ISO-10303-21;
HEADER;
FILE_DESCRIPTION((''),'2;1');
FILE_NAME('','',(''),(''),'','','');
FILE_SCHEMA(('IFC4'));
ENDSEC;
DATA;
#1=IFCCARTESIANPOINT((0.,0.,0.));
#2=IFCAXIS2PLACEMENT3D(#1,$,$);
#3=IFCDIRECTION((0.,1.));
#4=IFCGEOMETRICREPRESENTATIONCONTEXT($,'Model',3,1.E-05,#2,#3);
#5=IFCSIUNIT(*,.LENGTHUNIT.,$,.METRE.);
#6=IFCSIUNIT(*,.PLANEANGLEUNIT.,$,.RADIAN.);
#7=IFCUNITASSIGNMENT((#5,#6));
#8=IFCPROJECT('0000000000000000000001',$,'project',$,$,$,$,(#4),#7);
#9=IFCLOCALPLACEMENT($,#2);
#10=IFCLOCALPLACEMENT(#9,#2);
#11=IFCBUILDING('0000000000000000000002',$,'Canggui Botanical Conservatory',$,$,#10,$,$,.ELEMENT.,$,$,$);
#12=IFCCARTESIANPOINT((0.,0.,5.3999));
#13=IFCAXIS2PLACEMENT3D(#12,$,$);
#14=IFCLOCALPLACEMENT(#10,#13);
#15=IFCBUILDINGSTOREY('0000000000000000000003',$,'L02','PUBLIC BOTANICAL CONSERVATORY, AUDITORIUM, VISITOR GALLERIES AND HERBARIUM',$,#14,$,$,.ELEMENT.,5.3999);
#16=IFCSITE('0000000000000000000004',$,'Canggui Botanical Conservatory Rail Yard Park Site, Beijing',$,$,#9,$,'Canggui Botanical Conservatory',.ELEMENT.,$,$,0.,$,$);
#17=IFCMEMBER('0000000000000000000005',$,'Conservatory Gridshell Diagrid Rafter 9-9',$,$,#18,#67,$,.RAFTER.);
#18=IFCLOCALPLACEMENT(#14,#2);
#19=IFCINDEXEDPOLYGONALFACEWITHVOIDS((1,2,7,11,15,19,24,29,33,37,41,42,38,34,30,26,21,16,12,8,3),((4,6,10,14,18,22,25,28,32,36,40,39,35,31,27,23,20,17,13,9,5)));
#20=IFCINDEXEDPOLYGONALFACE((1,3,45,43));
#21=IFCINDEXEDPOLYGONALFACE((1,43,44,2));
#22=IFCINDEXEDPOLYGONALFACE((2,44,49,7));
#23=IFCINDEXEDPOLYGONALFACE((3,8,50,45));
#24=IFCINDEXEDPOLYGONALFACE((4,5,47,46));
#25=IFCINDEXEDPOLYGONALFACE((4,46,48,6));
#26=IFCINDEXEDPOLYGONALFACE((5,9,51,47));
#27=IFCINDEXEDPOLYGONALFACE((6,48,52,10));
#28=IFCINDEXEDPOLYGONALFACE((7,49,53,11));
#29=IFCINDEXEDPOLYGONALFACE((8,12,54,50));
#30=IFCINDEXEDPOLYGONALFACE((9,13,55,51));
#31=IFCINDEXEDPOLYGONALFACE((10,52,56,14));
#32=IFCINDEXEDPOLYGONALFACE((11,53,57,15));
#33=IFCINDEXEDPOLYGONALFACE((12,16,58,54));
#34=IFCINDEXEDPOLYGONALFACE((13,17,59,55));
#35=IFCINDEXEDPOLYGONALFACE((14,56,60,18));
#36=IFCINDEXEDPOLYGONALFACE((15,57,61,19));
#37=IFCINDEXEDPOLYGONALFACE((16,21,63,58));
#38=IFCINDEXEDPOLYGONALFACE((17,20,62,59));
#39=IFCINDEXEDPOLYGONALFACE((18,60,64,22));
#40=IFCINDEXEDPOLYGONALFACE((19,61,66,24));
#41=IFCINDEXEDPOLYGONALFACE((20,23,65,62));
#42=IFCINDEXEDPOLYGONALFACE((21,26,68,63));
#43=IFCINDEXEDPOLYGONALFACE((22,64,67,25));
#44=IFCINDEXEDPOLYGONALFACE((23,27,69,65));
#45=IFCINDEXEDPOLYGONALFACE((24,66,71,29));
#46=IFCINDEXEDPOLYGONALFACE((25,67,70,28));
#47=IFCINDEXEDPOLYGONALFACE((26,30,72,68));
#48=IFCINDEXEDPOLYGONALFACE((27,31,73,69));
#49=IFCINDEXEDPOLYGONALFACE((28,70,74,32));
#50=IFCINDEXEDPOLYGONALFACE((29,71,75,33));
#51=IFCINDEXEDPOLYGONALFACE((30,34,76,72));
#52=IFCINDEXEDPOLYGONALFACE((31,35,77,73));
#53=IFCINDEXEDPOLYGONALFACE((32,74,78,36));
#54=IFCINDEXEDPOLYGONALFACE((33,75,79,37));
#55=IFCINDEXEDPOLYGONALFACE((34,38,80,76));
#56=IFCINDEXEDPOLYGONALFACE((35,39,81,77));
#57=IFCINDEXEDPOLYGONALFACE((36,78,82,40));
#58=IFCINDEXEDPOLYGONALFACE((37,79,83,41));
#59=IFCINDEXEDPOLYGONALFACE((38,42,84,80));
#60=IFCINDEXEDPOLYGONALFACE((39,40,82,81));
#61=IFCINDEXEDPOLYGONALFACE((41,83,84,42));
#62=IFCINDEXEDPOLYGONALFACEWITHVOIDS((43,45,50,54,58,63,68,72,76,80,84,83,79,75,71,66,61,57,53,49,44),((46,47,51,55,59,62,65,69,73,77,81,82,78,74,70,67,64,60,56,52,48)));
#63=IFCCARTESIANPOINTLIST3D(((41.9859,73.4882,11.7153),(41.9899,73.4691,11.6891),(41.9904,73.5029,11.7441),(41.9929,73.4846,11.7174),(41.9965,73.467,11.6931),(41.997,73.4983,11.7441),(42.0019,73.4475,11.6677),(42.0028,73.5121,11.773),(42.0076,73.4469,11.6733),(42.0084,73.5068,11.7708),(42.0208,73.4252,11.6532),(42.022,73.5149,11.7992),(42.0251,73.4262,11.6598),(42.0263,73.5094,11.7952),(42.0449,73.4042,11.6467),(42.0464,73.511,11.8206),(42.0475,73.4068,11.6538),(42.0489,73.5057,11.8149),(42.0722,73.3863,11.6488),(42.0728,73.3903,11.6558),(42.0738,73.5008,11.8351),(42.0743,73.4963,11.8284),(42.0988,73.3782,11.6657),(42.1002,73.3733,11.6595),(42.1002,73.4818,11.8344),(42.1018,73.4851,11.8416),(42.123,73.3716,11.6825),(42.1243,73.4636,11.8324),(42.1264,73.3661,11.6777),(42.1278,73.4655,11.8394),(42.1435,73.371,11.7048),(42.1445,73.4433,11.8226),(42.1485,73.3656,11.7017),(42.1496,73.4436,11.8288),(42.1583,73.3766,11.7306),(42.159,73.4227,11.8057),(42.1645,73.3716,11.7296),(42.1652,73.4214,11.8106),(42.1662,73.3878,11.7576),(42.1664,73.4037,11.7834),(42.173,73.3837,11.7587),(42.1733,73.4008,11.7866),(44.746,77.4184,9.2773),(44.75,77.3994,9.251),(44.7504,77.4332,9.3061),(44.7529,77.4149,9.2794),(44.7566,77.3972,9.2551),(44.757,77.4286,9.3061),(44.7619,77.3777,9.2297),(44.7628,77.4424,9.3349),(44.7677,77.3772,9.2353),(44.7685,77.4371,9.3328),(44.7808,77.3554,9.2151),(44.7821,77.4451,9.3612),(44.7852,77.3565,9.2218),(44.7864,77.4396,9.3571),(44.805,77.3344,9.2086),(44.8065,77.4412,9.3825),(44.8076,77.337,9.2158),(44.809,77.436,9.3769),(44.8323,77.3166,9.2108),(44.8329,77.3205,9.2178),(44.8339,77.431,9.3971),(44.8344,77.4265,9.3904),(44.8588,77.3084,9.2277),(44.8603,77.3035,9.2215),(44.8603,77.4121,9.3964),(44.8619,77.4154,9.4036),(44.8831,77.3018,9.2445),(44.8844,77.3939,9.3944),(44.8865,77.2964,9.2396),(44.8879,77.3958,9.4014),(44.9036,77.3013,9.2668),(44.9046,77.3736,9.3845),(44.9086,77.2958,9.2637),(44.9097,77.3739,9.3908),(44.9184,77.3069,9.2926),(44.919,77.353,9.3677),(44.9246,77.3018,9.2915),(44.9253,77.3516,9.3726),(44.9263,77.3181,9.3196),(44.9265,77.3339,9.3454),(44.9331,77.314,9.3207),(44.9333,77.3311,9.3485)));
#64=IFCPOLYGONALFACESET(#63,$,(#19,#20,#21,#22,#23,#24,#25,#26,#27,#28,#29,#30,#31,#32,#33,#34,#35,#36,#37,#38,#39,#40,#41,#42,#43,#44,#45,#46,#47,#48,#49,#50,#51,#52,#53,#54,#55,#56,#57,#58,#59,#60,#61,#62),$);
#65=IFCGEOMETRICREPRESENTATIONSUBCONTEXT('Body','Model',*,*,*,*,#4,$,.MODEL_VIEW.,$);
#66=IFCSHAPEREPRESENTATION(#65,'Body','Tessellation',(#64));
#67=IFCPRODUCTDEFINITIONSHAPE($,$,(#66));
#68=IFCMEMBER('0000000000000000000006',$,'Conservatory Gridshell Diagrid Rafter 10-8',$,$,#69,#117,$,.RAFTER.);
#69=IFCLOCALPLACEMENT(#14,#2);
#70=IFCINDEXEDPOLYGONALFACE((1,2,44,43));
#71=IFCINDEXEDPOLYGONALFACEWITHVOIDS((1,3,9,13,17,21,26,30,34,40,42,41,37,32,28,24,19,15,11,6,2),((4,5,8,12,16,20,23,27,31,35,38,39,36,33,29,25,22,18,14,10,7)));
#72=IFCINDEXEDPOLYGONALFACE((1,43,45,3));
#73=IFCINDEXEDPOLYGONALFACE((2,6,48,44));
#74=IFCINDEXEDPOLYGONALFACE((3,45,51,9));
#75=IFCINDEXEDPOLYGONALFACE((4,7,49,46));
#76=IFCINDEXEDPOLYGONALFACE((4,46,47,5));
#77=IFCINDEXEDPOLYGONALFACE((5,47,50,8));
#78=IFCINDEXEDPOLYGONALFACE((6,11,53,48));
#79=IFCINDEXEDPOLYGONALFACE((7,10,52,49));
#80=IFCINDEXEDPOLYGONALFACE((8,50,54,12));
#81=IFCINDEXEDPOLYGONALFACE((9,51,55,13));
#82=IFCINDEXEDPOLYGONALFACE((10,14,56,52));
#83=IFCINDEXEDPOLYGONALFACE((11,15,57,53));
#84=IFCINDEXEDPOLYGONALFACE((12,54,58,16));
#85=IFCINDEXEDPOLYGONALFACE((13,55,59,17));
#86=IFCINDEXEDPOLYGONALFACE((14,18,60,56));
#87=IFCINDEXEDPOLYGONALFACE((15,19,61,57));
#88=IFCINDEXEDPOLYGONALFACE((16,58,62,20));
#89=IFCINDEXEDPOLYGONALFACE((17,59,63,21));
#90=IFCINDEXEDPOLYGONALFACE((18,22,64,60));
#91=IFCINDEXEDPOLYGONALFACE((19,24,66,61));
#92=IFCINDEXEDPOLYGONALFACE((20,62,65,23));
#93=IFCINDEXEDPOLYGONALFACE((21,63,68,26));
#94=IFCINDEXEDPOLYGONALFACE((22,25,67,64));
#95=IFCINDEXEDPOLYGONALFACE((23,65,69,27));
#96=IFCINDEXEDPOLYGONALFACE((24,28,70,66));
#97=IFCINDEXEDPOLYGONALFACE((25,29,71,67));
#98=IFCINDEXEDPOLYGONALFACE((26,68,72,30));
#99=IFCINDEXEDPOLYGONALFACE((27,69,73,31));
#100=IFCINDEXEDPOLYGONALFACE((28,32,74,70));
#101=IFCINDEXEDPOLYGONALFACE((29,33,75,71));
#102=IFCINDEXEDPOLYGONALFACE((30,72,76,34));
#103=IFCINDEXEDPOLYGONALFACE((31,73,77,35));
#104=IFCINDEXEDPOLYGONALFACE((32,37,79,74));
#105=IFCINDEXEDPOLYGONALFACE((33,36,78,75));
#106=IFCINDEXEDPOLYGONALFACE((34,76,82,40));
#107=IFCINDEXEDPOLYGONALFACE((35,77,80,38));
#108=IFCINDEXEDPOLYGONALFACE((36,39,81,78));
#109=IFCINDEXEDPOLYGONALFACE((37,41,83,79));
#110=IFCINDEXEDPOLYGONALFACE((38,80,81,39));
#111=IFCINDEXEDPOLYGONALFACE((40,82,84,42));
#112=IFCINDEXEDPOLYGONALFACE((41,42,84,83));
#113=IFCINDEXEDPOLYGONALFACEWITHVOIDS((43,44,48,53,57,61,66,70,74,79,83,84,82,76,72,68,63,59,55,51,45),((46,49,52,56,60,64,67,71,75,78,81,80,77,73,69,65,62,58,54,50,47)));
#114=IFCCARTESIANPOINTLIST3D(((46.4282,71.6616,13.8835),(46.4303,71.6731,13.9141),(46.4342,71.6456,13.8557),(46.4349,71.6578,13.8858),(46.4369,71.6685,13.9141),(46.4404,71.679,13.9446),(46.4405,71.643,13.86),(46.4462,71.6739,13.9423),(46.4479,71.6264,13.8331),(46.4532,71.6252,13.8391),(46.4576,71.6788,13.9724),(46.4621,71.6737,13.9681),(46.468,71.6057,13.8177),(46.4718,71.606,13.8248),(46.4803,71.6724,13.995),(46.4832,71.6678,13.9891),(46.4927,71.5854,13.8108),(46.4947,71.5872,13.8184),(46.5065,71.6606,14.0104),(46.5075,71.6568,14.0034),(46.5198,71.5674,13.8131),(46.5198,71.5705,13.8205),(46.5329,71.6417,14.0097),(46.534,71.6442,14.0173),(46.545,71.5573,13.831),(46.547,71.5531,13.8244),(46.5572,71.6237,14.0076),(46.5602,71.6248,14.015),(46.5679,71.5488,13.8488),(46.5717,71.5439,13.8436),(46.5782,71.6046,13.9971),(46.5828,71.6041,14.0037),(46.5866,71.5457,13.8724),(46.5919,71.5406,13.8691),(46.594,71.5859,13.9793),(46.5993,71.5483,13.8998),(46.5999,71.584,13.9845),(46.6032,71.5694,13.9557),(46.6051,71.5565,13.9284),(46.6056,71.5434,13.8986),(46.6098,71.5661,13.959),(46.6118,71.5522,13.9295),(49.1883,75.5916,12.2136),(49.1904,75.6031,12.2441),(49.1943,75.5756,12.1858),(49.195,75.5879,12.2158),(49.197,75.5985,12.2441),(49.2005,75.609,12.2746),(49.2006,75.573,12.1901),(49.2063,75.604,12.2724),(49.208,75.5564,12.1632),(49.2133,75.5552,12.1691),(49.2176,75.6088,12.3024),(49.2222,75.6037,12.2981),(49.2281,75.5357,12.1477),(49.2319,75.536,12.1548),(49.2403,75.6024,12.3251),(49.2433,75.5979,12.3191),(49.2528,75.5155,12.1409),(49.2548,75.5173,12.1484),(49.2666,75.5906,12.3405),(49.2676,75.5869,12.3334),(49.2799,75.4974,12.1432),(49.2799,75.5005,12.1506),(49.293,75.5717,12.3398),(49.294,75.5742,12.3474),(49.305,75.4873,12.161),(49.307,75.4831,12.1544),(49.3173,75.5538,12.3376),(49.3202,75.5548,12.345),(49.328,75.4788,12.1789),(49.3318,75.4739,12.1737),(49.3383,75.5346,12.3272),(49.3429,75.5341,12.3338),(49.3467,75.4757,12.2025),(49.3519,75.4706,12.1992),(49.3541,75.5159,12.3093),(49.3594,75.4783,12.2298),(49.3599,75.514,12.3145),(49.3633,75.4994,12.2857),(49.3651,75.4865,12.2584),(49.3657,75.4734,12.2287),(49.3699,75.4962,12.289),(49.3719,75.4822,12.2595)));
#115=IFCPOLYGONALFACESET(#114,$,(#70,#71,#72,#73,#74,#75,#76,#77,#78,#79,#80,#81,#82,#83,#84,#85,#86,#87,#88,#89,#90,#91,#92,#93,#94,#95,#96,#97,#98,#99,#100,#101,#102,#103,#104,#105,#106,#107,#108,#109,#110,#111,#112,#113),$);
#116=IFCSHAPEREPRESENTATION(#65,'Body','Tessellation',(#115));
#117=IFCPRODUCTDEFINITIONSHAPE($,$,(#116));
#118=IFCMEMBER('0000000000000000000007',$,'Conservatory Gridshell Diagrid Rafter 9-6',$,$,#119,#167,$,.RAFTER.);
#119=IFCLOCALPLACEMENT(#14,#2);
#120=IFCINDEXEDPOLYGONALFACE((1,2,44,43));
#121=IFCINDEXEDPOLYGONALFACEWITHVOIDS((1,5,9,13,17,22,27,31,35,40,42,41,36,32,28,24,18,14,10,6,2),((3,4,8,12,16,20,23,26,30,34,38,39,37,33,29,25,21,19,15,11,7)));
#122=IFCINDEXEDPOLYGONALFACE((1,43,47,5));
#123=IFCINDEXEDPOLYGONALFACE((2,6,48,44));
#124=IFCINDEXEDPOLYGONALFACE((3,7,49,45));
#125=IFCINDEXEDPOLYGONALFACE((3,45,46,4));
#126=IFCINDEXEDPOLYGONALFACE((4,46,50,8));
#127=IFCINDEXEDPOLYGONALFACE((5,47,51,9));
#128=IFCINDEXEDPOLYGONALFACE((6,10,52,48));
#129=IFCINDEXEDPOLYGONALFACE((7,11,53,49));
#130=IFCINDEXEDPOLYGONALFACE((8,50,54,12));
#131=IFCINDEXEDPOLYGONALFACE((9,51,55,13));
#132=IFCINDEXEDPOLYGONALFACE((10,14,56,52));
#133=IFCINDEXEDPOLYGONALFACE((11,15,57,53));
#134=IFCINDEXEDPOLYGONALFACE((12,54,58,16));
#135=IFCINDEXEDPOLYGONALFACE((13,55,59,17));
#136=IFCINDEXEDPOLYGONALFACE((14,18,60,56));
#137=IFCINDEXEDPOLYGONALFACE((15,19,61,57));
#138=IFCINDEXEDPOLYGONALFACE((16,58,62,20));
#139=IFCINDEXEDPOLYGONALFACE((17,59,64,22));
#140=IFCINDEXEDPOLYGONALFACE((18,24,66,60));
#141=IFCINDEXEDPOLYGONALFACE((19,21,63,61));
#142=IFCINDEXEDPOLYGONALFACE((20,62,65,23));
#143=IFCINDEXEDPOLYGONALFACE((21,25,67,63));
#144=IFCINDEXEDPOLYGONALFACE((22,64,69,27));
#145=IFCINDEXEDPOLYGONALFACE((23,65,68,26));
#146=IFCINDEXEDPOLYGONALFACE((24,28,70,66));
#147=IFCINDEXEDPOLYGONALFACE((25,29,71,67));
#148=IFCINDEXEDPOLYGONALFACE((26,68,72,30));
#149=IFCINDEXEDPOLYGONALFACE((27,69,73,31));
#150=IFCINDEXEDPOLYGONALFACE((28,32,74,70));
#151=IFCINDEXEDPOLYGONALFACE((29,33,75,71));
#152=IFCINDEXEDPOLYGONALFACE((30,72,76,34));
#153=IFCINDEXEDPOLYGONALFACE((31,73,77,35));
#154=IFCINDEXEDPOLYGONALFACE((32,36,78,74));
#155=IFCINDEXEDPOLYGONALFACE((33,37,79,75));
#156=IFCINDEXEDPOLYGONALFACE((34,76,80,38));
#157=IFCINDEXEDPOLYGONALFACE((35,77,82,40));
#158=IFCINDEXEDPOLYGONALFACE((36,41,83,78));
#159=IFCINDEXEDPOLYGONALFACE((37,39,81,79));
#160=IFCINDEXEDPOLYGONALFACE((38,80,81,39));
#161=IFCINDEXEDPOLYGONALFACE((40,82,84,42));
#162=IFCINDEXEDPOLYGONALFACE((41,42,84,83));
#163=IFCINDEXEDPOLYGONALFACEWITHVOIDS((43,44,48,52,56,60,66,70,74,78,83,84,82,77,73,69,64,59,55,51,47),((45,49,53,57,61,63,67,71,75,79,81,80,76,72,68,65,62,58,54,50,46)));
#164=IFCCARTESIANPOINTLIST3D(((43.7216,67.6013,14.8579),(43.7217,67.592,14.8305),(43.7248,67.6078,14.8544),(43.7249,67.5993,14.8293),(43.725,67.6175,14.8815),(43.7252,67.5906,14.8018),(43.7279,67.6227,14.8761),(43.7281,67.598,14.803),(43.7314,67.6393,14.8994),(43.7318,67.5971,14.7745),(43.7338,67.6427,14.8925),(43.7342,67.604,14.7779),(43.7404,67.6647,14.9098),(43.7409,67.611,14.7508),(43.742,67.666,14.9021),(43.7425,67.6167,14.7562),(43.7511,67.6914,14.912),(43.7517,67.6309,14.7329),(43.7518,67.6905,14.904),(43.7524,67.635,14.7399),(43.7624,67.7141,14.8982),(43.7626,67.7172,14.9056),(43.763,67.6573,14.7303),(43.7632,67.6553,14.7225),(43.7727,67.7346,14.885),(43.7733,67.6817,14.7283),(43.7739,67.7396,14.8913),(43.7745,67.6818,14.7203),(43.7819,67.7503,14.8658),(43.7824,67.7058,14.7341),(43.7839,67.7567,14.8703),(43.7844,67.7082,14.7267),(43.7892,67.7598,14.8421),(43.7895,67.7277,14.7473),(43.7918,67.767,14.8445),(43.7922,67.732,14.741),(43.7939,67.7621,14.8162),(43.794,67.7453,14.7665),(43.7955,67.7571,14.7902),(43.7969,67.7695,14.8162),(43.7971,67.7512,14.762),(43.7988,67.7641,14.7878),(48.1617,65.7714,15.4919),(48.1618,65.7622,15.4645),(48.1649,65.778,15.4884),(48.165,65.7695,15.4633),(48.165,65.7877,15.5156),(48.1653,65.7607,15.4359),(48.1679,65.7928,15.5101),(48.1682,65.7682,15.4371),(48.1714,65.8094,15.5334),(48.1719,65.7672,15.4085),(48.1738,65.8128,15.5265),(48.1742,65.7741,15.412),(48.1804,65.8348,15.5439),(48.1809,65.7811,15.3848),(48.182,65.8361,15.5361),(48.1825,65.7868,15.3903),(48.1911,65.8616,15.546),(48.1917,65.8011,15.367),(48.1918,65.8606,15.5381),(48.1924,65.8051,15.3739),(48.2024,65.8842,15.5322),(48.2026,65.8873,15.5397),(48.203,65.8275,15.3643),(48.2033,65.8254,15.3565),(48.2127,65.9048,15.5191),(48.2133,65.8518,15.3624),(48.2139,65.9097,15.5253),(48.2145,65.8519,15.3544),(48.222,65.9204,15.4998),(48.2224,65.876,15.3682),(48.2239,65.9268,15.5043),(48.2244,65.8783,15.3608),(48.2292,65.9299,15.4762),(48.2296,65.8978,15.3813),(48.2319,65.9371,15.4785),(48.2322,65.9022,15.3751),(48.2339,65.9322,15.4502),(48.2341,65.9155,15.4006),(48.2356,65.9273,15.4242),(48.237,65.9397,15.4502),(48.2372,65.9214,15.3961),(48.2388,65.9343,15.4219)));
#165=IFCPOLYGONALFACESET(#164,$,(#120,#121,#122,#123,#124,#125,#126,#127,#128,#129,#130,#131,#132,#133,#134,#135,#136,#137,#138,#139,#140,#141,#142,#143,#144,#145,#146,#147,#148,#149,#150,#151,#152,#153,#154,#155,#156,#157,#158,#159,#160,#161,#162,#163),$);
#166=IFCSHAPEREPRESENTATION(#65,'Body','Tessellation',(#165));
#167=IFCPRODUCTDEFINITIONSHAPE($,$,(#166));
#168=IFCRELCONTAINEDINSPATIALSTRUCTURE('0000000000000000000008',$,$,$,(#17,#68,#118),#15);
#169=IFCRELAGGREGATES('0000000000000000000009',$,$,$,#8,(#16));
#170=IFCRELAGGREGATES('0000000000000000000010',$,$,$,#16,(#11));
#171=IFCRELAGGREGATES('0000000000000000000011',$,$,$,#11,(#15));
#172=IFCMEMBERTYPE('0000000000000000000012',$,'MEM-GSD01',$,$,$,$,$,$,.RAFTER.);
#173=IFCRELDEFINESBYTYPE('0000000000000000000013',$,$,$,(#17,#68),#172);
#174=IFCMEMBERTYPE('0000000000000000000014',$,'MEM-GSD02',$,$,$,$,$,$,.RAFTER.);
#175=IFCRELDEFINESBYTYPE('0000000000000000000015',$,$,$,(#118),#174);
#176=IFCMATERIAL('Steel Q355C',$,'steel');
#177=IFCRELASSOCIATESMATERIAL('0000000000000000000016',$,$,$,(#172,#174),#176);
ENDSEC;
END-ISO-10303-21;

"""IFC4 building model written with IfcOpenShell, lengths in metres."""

from ifc_helpers import new_model, si_unit, direction, frame, origin, origin_2d, place, context, subcontext, project, spatial, hollow_circle, extrude, material, material_profile, profile_set, type_object, element, save


model = new_model("IFC4")

# Units and contexts
model_context = context("Model", 3, precision=1e-05, world=origin(), true_north=direction((0.0, 1.0)))
body_context = subcontext(model_context, "Body", "Model", "MODEL_VIEW")
ifc_project = project(units=[si_unit("LENGTHUNIT", "METRE"), si_unit("PLANEANGLEUNIT", "RADIAN")], contexts=[model_context])

# Site, building, storey
site_placement = place(None, origin())
site = spatial("IfcSite", under=ifc_project, at=site_placement, Name="Canggui Botanical Conservatory Rail Yard Park Site, Beijing", LongName="Canggui Botanical Conservatory", CompositionType="ELEMENT", RefElevation=0.0)
building_placement = place(site_placement, origin())
building = spatial("IfcBuilding", under=site, at=building_placement, Name="Canggui Botanical Conservatory", CompositionType="ELEMENT")
storey_placement = place(building_placement, frame((0.0, 0.0, 5.3999)))
storey = spatial("IfcBuildingStorey", under=building, at=storey_placement, Name="L02", Description="PUBLIC BOTANICAL CONSERVATORY, AUDITORIUM, VISITOR GALLERIES AND HERBARIUM", CompositionType="ELEMENT", Elevation=5.3999)

# Shared definitions
ifc_material_1 = material(Name="Steel Q355C", Category="steel")

# Members
ifc_material_profile_1 = material_profile(ifc_material_1, hollow_circle(Radius=0.1096, WallThickness=0.0081, at=origin_2d()), Name="CHS 219x8")
ifc_profile_set_1 = profile_set([ifc_material_profile_1], Name="Steel Q355C")
member_type_1 = type_object("IfcMemberType", Name="MEM-GSD01", PredefinedType="RAFTER", material=ifc_profile_set_1)
member_1_placement = place(storey_placement, frame((42.0801, 73.4399, 11.7441), z_axis=(0.512453, 0.729718, -0.452663), x_axis=(-0.818362, 0.574704, 0.0)))
element("IfcMember", 1, at=member_1_placement, inside=storey, type_object=member_type_1, Name="Conservatory Gridshell Diagrid Rafter 9-9", PredefinedType="RAFTER", context=body_context, shape_type="SweptSolid", body=[
    extrude(hollow_circle(Radius=0.1096, WallThickness=0.0081, at=origin_2d()), origin(), (0.0, 0.0, 1.0), 5.386),
])
member_2_placement = place(storey_placement, frame((46.52, 71.6101, 13.9141), z_axis=(0.542844, 0.772946, -0.328443), x_axis=(-0.818345, 0.574728, 0.0)))
element("IfcMember", 2, at=member_2_placement, inside=storey, type_object=member_type_1, Name="Conservatory Gridshell Diagrid Rafter 10-8", PredefinedType="RAFTER", context=body_context, shape_type="SweptSolid", body=[
    extrude(hollow_circle(Radius=0.1096, WallThickness=0.0081, at=origin_2d()), origin(), (0.0, 0.0, 1.0), 5.0845),
])
ifc_material_profile_2 = material_profile(ifc_material_1, hollow_circle(Radius=0.0969, WallThickness=0.0081, at=origin_2d()), Name="CHS 194x8")
ifc_profile_set_2 = profile_set([ifc_material_profile_2], Name="Steel Q355C")
member_type_2 = type_object("IfcMemberType", Name="MEM-GSD02", PredefinedType="RAFTER", material=ifc_profile_set_2)
member_3_placement = place(storey_placement, frame((43.76, 67.6799, 14.8162), z_axis=(0.916605, -0.37776, 0.130893), x_axis=(0.381039, 0.924559, 0.0)))
element("IfcMember", 3, at=member_3_placement, inside=storey, type_object=member_type_2, Name="Conservatory Gridshell Diagrid Rafter 9-6", PredefinedType="RAFTER", context=body_context, shape_type="SweptSolid", body=[
    extrude(hollow_circle(Radius=0.0969, WallThickness=0.0081, at=origin_2d()), origin(), (0.0, 0.0, 1.0), 4.844),
])

save(model, "model.ifc")
